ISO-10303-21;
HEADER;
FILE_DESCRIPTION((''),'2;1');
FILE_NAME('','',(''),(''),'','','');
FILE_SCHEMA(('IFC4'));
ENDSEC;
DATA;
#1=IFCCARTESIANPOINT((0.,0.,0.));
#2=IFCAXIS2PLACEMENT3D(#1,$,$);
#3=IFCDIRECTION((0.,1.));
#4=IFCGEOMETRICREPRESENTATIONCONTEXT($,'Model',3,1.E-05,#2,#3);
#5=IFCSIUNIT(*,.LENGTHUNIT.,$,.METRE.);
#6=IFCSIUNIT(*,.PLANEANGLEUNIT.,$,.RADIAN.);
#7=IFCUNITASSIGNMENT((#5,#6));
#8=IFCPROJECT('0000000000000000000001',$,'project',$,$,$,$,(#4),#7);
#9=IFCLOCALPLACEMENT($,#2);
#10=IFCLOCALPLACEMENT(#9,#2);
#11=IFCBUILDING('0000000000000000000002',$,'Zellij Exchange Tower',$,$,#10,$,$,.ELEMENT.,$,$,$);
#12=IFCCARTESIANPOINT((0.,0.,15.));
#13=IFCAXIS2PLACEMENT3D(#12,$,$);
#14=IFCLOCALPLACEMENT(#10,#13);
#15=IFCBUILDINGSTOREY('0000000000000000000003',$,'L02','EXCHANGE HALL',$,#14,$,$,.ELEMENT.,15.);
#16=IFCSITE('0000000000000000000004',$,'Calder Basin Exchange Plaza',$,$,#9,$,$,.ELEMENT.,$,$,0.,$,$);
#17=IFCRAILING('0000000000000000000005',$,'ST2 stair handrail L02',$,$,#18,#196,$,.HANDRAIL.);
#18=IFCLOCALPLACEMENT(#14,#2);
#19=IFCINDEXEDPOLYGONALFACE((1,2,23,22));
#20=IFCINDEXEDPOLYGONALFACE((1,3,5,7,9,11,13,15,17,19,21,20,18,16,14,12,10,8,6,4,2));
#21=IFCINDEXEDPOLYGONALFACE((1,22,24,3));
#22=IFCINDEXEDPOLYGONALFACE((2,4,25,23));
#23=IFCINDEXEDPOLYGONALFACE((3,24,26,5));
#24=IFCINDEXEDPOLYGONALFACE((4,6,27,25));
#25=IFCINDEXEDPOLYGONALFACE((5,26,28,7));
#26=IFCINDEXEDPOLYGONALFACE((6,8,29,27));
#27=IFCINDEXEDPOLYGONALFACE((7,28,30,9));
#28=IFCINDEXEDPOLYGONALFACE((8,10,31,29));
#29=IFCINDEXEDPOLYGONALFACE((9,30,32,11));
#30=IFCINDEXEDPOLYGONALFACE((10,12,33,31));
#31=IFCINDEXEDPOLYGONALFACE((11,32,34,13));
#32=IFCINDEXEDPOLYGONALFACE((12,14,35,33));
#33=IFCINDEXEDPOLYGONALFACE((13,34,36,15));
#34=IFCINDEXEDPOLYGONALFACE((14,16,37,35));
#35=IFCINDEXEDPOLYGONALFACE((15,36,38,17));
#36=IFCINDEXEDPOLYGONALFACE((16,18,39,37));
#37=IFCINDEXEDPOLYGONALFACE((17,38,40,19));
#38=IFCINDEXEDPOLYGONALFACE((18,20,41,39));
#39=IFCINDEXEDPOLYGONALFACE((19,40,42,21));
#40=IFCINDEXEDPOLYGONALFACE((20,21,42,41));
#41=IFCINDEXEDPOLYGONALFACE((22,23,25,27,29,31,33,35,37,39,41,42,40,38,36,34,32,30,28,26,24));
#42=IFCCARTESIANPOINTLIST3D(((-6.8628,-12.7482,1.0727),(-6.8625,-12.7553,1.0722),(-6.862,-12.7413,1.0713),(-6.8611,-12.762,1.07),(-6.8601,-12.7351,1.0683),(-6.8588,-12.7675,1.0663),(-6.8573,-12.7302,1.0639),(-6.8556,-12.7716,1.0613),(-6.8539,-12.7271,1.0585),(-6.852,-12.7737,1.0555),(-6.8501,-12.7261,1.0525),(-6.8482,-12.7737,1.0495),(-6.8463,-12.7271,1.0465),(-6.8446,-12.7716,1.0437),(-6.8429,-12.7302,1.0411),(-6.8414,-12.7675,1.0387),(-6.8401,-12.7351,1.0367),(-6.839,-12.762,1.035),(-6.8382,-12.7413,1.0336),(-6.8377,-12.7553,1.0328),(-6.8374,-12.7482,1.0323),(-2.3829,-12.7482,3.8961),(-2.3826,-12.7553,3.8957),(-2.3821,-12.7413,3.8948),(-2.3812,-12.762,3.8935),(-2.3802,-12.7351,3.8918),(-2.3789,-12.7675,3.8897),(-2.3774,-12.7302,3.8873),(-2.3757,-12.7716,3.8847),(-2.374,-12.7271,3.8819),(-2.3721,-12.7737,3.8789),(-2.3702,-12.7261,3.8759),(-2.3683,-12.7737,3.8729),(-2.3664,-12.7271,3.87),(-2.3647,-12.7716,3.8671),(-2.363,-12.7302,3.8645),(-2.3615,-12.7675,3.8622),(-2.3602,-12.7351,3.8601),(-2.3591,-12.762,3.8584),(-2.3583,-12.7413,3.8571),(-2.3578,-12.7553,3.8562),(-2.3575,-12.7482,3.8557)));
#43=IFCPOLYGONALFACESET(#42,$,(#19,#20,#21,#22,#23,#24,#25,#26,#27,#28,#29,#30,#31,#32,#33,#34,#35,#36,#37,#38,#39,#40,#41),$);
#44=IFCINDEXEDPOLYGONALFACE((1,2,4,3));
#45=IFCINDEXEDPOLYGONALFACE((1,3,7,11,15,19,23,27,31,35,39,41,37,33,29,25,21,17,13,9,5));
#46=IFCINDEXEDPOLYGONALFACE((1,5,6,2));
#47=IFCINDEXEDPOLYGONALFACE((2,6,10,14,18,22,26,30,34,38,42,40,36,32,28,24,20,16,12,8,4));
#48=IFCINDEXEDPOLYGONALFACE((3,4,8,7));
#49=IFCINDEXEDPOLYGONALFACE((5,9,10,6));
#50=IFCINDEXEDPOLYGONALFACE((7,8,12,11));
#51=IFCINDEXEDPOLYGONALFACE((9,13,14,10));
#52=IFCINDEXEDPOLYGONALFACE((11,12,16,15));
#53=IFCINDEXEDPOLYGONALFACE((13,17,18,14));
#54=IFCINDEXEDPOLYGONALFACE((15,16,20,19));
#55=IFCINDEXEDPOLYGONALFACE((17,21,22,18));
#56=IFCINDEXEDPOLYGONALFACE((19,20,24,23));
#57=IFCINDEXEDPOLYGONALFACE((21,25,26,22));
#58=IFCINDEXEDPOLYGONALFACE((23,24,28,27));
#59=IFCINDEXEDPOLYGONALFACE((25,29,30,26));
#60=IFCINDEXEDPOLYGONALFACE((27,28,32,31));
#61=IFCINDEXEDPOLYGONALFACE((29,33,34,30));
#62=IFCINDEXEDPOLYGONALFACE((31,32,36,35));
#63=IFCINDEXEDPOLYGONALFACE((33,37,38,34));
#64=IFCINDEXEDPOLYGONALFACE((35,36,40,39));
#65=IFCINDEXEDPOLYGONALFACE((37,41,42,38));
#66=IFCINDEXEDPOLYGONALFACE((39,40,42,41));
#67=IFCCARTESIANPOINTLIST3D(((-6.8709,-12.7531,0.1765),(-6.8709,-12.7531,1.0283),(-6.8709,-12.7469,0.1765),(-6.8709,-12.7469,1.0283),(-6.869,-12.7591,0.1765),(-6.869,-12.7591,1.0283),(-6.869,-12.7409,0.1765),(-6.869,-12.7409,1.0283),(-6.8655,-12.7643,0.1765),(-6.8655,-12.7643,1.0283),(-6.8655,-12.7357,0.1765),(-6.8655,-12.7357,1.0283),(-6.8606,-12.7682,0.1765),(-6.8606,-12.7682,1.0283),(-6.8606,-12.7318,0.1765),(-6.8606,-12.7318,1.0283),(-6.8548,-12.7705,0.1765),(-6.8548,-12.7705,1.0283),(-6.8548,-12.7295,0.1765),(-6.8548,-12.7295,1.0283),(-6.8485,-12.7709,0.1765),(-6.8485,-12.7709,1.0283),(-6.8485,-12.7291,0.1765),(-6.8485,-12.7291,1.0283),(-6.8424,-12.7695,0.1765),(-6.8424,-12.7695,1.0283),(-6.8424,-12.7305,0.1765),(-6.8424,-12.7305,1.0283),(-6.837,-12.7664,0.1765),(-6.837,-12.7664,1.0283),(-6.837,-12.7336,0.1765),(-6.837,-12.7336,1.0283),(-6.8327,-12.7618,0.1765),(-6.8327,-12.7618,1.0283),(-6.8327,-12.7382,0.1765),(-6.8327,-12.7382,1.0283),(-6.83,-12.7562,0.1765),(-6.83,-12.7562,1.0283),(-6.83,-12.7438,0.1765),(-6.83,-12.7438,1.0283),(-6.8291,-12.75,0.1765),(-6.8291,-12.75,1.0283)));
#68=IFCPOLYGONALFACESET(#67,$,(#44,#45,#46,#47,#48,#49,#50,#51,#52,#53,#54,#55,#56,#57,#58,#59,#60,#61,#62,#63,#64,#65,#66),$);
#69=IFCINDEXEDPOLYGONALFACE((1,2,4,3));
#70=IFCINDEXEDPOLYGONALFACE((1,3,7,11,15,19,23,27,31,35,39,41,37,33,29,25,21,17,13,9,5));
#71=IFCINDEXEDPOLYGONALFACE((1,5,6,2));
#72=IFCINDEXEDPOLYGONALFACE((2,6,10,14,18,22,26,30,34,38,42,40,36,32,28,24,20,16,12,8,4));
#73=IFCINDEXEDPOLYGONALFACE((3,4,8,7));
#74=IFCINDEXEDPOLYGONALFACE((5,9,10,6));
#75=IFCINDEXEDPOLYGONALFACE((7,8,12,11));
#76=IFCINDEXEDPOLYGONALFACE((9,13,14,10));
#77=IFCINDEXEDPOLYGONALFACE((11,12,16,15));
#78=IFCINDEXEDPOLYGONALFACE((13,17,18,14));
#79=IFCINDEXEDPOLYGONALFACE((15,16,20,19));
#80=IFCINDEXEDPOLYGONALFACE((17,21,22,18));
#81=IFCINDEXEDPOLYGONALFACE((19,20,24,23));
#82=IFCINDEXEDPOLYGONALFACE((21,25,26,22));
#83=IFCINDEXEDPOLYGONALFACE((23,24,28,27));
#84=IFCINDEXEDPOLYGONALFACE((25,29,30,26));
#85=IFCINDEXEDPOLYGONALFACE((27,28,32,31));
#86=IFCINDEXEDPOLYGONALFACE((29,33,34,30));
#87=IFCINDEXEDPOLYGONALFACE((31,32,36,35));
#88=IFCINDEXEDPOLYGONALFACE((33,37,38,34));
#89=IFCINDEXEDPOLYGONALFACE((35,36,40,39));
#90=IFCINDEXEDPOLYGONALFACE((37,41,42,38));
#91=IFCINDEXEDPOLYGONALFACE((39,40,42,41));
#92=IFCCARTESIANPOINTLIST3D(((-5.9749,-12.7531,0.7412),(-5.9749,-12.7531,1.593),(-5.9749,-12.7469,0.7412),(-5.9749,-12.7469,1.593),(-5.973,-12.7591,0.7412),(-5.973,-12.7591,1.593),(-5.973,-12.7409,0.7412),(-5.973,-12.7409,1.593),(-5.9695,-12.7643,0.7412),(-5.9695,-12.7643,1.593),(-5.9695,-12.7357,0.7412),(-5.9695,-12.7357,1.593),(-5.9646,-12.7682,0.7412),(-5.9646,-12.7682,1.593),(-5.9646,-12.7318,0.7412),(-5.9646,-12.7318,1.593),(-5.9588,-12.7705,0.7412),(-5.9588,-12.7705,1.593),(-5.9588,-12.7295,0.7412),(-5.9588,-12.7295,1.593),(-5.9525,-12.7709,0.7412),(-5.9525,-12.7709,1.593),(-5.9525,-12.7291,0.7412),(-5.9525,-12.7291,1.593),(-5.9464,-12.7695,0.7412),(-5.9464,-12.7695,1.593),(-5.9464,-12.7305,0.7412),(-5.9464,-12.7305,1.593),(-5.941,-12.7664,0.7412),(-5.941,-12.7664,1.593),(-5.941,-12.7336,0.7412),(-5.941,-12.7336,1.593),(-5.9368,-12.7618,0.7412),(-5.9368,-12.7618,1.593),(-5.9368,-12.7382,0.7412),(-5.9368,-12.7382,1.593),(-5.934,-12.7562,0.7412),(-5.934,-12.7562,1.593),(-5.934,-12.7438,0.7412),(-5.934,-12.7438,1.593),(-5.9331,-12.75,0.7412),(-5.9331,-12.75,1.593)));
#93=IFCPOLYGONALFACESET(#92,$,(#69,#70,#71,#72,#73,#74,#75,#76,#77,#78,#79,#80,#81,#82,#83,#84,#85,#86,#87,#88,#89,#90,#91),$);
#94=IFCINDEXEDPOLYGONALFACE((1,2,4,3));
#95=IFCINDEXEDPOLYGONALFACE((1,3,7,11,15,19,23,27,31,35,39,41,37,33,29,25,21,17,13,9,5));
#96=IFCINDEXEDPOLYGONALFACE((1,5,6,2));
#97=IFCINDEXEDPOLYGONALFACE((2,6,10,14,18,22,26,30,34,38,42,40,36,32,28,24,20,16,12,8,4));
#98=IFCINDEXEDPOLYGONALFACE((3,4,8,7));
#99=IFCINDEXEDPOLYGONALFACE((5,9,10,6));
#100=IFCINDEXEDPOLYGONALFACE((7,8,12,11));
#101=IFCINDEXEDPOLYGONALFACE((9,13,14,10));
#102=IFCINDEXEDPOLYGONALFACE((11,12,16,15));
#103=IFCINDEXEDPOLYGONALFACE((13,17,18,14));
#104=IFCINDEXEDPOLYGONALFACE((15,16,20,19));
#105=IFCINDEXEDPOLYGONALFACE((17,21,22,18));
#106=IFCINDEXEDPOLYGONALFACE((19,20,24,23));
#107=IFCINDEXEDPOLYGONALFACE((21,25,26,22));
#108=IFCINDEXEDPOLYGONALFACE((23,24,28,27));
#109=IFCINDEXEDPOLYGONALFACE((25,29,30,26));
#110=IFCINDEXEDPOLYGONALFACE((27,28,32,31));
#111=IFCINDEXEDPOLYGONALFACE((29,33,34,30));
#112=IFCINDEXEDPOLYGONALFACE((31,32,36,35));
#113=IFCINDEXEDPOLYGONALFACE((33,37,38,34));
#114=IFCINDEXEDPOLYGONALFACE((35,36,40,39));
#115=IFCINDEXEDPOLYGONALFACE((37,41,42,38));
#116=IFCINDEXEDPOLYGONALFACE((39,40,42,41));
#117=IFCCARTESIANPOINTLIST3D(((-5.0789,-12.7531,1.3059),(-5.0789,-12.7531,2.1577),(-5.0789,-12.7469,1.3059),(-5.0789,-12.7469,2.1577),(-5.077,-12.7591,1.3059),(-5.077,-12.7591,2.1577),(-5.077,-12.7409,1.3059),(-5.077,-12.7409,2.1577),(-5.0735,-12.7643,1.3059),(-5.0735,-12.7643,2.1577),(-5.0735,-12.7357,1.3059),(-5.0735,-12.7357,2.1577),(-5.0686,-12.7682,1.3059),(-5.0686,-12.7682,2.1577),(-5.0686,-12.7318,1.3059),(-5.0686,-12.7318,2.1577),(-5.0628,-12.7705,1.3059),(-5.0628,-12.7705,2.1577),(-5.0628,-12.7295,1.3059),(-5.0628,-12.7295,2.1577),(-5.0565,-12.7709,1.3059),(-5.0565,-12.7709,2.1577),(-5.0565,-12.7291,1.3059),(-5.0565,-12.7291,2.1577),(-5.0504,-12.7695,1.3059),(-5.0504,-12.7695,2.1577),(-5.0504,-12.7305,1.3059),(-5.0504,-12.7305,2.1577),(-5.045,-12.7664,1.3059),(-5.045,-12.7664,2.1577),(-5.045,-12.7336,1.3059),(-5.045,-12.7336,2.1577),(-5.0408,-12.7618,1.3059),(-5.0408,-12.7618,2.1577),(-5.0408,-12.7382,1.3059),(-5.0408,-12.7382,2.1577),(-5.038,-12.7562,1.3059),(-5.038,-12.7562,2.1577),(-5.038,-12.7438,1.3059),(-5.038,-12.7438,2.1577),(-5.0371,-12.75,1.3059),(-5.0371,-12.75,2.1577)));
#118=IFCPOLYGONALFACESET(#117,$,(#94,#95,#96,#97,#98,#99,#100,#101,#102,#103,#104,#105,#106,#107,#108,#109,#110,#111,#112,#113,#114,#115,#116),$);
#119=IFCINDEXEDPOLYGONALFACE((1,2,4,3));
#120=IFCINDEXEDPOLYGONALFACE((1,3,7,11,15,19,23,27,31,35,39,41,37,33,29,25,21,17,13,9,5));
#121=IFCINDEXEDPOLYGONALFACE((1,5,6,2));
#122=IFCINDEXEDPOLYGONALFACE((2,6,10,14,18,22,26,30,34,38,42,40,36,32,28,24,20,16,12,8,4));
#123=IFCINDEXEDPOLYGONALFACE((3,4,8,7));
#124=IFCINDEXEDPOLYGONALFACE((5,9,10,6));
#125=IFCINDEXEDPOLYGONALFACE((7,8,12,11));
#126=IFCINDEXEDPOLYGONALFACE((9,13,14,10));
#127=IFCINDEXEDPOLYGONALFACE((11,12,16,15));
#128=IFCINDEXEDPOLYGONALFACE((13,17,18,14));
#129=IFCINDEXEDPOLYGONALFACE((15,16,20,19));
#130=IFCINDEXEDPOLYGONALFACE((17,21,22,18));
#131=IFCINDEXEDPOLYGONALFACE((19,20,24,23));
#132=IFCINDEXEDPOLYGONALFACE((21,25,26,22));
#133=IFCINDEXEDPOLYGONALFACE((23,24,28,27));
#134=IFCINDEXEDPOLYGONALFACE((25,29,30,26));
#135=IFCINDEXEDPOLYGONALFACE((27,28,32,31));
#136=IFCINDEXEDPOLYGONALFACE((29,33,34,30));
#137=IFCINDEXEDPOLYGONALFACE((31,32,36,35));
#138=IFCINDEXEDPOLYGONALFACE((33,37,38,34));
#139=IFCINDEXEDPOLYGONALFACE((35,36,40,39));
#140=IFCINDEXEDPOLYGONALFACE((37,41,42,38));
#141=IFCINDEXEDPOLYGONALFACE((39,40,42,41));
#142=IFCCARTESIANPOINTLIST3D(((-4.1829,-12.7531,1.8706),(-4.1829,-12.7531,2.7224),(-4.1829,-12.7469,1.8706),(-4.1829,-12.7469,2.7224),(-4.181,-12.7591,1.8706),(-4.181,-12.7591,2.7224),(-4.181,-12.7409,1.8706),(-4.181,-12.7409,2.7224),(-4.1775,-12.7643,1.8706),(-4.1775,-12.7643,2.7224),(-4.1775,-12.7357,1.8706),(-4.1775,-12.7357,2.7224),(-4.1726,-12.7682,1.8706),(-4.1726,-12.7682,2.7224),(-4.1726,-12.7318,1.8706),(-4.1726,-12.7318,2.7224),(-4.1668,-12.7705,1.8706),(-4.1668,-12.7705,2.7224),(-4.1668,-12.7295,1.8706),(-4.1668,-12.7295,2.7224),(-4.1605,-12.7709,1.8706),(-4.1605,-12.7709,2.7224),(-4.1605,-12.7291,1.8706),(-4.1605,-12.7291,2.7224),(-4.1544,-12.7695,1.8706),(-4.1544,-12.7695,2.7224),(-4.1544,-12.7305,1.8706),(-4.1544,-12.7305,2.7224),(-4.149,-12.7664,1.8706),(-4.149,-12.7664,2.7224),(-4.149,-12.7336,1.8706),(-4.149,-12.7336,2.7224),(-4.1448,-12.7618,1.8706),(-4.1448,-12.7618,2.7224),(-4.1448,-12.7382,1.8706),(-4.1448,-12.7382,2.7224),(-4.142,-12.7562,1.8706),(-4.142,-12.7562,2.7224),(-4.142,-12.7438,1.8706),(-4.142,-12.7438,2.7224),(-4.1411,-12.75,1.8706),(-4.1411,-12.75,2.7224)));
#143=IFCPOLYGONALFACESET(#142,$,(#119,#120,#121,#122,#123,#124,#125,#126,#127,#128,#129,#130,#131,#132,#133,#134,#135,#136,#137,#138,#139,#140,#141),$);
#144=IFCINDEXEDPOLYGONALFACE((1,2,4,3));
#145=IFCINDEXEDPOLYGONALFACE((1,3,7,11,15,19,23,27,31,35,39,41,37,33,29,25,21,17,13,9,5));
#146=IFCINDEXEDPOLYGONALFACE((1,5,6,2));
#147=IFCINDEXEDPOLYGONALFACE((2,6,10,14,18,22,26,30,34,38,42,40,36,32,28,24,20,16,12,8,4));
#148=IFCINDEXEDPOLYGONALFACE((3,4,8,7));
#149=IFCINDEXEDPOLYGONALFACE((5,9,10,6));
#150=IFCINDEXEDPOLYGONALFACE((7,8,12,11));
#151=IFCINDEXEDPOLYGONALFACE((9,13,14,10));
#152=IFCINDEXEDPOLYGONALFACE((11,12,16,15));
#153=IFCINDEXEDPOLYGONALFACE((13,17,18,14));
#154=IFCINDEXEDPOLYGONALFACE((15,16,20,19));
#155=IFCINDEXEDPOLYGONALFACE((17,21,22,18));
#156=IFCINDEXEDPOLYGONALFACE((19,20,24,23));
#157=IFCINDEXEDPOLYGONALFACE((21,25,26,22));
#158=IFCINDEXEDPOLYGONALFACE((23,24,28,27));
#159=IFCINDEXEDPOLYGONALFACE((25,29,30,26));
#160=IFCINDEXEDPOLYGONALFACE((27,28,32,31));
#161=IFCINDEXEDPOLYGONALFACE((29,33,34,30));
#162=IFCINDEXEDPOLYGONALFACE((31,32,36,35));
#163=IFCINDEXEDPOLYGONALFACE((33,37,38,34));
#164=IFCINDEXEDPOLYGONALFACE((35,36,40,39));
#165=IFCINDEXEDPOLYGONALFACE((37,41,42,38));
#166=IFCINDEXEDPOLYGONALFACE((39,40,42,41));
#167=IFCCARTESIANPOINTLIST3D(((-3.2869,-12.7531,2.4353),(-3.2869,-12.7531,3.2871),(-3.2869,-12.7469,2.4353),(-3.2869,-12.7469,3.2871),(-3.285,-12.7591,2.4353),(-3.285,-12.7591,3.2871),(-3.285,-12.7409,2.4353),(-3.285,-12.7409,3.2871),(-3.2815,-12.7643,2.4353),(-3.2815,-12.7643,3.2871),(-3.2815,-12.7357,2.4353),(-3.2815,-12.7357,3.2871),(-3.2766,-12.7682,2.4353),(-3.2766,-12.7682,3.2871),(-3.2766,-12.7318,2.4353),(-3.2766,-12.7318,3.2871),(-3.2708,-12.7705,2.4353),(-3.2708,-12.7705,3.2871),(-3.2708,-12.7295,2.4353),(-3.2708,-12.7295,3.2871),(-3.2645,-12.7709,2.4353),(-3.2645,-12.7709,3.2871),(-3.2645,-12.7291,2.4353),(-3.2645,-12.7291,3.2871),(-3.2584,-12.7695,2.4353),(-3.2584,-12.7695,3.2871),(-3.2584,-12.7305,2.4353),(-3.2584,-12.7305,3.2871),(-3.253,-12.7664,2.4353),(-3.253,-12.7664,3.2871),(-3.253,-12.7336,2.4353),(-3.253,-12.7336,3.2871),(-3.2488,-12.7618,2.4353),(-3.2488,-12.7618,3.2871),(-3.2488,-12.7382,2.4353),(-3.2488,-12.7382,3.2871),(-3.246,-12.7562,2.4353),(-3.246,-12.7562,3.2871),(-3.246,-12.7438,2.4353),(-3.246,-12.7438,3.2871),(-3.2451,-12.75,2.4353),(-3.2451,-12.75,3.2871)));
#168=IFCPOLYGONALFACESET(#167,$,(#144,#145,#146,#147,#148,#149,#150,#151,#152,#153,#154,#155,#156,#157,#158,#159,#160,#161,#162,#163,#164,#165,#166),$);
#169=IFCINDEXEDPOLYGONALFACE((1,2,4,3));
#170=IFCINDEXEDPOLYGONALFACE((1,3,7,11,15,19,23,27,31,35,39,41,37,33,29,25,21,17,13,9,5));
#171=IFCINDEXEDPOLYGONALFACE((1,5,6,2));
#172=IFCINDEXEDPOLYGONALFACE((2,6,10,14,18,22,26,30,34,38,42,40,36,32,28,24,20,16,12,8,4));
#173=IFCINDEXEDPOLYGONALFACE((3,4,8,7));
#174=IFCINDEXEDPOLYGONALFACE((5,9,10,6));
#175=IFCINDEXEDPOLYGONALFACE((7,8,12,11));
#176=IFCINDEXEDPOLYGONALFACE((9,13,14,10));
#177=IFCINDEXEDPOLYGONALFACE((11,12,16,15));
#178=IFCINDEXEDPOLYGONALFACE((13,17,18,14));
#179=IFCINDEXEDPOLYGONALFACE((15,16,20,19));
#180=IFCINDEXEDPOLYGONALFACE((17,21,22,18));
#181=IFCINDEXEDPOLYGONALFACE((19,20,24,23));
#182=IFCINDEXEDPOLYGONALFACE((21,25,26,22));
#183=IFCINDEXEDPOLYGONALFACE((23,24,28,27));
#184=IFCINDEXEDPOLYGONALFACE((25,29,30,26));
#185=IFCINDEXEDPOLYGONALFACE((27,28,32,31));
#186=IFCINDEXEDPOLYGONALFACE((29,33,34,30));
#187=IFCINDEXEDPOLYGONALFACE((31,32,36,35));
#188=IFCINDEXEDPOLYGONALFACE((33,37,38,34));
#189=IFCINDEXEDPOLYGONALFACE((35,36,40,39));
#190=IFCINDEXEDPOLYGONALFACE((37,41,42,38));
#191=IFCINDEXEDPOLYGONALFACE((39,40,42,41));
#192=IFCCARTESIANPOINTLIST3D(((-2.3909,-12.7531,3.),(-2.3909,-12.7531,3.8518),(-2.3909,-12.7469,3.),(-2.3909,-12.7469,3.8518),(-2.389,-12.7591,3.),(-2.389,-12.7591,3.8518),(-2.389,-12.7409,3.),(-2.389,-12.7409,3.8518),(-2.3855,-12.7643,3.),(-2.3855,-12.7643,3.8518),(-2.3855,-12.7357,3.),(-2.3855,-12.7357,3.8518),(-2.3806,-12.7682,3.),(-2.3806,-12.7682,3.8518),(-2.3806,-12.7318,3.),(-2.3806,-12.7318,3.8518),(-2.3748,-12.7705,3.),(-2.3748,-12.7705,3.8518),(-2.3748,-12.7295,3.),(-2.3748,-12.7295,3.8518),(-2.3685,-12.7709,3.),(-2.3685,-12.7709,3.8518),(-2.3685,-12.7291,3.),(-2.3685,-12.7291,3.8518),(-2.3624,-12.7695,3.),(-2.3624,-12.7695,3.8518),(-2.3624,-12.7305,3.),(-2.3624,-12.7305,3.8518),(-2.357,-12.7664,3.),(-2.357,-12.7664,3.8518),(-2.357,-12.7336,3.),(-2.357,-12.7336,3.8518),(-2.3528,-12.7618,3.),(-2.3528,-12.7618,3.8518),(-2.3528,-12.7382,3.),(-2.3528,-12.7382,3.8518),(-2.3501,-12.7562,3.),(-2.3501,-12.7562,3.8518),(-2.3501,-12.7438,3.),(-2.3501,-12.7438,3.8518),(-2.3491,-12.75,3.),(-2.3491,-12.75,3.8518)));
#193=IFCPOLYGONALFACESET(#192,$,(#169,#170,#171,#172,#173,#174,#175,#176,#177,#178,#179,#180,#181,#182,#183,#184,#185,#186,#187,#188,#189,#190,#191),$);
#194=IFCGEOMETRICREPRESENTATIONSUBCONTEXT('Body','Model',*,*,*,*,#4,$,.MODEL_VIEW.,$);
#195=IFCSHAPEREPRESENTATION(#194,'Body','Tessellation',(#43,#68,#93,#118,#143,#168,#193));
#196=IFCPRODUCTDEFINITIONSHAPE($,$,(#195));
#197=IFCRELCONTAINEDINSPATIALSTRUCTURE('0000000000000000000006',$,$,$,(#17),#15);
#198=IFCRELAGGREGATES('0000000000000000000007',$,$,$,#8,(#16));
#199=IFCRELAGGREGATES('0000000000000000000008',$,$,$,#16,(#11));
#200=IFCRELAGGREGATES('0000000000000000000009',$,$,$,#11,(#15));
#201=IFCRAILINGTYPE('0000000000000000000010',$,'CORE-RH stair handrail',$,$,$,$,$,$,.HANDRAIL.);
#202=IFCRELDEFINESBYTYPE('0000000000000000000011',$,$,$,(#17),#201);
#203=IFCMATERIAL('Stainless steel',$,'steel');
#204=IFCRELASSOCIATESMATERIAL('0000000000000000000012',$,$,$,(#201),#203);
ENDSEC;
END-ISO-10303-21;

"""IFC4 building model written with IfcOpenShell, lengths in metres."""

from ifc_helpers import new_model, si_unit, direction, frame, origin, origin_2d, place, context, subcontext, project, spatial, circle, extrude, material, type_object, element, save


model = new_model("IFC4")

# Units and contexts
model_context = context("Model", 3, precision=1e-05, world=origin(), true_north=direction((0.0, 1.0)))
body_context = subcontext(model_context, "Body", "Model", "MODEL_VIEW")
ifc_project = project(units=[si_unit("LENGTHUNIT", "METRE"), si_unit("PLANEANGLEUNIT", "RADIAN")], contexts=[model_context])

# Site, building, storey
site_placement = place(None, origin())
site = spatial("IfcSite", under=ifc_project, at=site_placement, Name="Calder Basin Exchange Plaza", CompositionType="ELEMENT", RefElevation=0.0)
building_placement = place(site_placement, origin())
building = spatial("IfcBuilding", under=site, at=building_placement, Name="Zellij Exchange Tower", CompositionType="ELEMENT")
storey_placement = place(building_placement, frame((0.0, 0.0, 15.0)))
storey = spatial("IfcBuildingStorey", under=building, at=storey_placement, Name="L02", Description="EXCHANGE HALL", CompositionType="ELEMENT", Elevation=15.0)

# Railing
ifc_material_1 = material(Name="Stainless steel", Category="steel")
railing_type_1 = type_object("IfcRailingType", Name="CORE-RH stair handrail", PredefinedType="HANDRAIL", material=ifc_material_1)
railing_1_placement = place(storey_placement, frame((-6.8501, -12.75, 0.1765)))
element("IfcRailing", 1, at=railing_1_placement, inside=storey, type_object=railing_type_1, Name="ST2 stair handrail L02", PredefinedType="HANDRAIL", context=body_context, shape_type="SweptSolid", body=[
    extrude(circle(Radius=0.0239, at=origin_2d()), frame((0.0, 0.0, 0.876), z_axis=(0.845998, 0.0, 0.533186), x_axis=(0.0, 1.0, 0.0)), (0.0, 0.0, 1.0), 5.2954),
    extrude(circle(Radius=0.021, at=origin_2d()), origin(), (0.0, 0.0, 1.0), 0.8518),
    extrude(circle(Radius=0.021, at=origin_2d()), frame((0.896, 0.0, 0.5647)), (0.0, 0.0, 1.0), 0.8518),
    extrude(circle(Radius=0.021, at=origin_2d()), frame((1.792, 0.0, 1.1294)), (0.0, 0.0, 1.0), 0.8518),
    extrude(circle(Radius=0.021, at=origin_2d()), frame((2.688, 0.0, 1.6941)), (0.0, 0.0, 1.0), 0.8518),
    extrude(circle(Radius=0.021, at=origin_2d()), frame((3.584, 0.0, 2.2588)), (0.0, 0.0, 1.0), 0.8518),
    extrude(circle(Radius=0.021, at=origin_2d()), frame((4.48, 0.0, 2.8235)), (0.0, 0.0, 1.0), 0.8518),
])

save(model, "model.ifc")
